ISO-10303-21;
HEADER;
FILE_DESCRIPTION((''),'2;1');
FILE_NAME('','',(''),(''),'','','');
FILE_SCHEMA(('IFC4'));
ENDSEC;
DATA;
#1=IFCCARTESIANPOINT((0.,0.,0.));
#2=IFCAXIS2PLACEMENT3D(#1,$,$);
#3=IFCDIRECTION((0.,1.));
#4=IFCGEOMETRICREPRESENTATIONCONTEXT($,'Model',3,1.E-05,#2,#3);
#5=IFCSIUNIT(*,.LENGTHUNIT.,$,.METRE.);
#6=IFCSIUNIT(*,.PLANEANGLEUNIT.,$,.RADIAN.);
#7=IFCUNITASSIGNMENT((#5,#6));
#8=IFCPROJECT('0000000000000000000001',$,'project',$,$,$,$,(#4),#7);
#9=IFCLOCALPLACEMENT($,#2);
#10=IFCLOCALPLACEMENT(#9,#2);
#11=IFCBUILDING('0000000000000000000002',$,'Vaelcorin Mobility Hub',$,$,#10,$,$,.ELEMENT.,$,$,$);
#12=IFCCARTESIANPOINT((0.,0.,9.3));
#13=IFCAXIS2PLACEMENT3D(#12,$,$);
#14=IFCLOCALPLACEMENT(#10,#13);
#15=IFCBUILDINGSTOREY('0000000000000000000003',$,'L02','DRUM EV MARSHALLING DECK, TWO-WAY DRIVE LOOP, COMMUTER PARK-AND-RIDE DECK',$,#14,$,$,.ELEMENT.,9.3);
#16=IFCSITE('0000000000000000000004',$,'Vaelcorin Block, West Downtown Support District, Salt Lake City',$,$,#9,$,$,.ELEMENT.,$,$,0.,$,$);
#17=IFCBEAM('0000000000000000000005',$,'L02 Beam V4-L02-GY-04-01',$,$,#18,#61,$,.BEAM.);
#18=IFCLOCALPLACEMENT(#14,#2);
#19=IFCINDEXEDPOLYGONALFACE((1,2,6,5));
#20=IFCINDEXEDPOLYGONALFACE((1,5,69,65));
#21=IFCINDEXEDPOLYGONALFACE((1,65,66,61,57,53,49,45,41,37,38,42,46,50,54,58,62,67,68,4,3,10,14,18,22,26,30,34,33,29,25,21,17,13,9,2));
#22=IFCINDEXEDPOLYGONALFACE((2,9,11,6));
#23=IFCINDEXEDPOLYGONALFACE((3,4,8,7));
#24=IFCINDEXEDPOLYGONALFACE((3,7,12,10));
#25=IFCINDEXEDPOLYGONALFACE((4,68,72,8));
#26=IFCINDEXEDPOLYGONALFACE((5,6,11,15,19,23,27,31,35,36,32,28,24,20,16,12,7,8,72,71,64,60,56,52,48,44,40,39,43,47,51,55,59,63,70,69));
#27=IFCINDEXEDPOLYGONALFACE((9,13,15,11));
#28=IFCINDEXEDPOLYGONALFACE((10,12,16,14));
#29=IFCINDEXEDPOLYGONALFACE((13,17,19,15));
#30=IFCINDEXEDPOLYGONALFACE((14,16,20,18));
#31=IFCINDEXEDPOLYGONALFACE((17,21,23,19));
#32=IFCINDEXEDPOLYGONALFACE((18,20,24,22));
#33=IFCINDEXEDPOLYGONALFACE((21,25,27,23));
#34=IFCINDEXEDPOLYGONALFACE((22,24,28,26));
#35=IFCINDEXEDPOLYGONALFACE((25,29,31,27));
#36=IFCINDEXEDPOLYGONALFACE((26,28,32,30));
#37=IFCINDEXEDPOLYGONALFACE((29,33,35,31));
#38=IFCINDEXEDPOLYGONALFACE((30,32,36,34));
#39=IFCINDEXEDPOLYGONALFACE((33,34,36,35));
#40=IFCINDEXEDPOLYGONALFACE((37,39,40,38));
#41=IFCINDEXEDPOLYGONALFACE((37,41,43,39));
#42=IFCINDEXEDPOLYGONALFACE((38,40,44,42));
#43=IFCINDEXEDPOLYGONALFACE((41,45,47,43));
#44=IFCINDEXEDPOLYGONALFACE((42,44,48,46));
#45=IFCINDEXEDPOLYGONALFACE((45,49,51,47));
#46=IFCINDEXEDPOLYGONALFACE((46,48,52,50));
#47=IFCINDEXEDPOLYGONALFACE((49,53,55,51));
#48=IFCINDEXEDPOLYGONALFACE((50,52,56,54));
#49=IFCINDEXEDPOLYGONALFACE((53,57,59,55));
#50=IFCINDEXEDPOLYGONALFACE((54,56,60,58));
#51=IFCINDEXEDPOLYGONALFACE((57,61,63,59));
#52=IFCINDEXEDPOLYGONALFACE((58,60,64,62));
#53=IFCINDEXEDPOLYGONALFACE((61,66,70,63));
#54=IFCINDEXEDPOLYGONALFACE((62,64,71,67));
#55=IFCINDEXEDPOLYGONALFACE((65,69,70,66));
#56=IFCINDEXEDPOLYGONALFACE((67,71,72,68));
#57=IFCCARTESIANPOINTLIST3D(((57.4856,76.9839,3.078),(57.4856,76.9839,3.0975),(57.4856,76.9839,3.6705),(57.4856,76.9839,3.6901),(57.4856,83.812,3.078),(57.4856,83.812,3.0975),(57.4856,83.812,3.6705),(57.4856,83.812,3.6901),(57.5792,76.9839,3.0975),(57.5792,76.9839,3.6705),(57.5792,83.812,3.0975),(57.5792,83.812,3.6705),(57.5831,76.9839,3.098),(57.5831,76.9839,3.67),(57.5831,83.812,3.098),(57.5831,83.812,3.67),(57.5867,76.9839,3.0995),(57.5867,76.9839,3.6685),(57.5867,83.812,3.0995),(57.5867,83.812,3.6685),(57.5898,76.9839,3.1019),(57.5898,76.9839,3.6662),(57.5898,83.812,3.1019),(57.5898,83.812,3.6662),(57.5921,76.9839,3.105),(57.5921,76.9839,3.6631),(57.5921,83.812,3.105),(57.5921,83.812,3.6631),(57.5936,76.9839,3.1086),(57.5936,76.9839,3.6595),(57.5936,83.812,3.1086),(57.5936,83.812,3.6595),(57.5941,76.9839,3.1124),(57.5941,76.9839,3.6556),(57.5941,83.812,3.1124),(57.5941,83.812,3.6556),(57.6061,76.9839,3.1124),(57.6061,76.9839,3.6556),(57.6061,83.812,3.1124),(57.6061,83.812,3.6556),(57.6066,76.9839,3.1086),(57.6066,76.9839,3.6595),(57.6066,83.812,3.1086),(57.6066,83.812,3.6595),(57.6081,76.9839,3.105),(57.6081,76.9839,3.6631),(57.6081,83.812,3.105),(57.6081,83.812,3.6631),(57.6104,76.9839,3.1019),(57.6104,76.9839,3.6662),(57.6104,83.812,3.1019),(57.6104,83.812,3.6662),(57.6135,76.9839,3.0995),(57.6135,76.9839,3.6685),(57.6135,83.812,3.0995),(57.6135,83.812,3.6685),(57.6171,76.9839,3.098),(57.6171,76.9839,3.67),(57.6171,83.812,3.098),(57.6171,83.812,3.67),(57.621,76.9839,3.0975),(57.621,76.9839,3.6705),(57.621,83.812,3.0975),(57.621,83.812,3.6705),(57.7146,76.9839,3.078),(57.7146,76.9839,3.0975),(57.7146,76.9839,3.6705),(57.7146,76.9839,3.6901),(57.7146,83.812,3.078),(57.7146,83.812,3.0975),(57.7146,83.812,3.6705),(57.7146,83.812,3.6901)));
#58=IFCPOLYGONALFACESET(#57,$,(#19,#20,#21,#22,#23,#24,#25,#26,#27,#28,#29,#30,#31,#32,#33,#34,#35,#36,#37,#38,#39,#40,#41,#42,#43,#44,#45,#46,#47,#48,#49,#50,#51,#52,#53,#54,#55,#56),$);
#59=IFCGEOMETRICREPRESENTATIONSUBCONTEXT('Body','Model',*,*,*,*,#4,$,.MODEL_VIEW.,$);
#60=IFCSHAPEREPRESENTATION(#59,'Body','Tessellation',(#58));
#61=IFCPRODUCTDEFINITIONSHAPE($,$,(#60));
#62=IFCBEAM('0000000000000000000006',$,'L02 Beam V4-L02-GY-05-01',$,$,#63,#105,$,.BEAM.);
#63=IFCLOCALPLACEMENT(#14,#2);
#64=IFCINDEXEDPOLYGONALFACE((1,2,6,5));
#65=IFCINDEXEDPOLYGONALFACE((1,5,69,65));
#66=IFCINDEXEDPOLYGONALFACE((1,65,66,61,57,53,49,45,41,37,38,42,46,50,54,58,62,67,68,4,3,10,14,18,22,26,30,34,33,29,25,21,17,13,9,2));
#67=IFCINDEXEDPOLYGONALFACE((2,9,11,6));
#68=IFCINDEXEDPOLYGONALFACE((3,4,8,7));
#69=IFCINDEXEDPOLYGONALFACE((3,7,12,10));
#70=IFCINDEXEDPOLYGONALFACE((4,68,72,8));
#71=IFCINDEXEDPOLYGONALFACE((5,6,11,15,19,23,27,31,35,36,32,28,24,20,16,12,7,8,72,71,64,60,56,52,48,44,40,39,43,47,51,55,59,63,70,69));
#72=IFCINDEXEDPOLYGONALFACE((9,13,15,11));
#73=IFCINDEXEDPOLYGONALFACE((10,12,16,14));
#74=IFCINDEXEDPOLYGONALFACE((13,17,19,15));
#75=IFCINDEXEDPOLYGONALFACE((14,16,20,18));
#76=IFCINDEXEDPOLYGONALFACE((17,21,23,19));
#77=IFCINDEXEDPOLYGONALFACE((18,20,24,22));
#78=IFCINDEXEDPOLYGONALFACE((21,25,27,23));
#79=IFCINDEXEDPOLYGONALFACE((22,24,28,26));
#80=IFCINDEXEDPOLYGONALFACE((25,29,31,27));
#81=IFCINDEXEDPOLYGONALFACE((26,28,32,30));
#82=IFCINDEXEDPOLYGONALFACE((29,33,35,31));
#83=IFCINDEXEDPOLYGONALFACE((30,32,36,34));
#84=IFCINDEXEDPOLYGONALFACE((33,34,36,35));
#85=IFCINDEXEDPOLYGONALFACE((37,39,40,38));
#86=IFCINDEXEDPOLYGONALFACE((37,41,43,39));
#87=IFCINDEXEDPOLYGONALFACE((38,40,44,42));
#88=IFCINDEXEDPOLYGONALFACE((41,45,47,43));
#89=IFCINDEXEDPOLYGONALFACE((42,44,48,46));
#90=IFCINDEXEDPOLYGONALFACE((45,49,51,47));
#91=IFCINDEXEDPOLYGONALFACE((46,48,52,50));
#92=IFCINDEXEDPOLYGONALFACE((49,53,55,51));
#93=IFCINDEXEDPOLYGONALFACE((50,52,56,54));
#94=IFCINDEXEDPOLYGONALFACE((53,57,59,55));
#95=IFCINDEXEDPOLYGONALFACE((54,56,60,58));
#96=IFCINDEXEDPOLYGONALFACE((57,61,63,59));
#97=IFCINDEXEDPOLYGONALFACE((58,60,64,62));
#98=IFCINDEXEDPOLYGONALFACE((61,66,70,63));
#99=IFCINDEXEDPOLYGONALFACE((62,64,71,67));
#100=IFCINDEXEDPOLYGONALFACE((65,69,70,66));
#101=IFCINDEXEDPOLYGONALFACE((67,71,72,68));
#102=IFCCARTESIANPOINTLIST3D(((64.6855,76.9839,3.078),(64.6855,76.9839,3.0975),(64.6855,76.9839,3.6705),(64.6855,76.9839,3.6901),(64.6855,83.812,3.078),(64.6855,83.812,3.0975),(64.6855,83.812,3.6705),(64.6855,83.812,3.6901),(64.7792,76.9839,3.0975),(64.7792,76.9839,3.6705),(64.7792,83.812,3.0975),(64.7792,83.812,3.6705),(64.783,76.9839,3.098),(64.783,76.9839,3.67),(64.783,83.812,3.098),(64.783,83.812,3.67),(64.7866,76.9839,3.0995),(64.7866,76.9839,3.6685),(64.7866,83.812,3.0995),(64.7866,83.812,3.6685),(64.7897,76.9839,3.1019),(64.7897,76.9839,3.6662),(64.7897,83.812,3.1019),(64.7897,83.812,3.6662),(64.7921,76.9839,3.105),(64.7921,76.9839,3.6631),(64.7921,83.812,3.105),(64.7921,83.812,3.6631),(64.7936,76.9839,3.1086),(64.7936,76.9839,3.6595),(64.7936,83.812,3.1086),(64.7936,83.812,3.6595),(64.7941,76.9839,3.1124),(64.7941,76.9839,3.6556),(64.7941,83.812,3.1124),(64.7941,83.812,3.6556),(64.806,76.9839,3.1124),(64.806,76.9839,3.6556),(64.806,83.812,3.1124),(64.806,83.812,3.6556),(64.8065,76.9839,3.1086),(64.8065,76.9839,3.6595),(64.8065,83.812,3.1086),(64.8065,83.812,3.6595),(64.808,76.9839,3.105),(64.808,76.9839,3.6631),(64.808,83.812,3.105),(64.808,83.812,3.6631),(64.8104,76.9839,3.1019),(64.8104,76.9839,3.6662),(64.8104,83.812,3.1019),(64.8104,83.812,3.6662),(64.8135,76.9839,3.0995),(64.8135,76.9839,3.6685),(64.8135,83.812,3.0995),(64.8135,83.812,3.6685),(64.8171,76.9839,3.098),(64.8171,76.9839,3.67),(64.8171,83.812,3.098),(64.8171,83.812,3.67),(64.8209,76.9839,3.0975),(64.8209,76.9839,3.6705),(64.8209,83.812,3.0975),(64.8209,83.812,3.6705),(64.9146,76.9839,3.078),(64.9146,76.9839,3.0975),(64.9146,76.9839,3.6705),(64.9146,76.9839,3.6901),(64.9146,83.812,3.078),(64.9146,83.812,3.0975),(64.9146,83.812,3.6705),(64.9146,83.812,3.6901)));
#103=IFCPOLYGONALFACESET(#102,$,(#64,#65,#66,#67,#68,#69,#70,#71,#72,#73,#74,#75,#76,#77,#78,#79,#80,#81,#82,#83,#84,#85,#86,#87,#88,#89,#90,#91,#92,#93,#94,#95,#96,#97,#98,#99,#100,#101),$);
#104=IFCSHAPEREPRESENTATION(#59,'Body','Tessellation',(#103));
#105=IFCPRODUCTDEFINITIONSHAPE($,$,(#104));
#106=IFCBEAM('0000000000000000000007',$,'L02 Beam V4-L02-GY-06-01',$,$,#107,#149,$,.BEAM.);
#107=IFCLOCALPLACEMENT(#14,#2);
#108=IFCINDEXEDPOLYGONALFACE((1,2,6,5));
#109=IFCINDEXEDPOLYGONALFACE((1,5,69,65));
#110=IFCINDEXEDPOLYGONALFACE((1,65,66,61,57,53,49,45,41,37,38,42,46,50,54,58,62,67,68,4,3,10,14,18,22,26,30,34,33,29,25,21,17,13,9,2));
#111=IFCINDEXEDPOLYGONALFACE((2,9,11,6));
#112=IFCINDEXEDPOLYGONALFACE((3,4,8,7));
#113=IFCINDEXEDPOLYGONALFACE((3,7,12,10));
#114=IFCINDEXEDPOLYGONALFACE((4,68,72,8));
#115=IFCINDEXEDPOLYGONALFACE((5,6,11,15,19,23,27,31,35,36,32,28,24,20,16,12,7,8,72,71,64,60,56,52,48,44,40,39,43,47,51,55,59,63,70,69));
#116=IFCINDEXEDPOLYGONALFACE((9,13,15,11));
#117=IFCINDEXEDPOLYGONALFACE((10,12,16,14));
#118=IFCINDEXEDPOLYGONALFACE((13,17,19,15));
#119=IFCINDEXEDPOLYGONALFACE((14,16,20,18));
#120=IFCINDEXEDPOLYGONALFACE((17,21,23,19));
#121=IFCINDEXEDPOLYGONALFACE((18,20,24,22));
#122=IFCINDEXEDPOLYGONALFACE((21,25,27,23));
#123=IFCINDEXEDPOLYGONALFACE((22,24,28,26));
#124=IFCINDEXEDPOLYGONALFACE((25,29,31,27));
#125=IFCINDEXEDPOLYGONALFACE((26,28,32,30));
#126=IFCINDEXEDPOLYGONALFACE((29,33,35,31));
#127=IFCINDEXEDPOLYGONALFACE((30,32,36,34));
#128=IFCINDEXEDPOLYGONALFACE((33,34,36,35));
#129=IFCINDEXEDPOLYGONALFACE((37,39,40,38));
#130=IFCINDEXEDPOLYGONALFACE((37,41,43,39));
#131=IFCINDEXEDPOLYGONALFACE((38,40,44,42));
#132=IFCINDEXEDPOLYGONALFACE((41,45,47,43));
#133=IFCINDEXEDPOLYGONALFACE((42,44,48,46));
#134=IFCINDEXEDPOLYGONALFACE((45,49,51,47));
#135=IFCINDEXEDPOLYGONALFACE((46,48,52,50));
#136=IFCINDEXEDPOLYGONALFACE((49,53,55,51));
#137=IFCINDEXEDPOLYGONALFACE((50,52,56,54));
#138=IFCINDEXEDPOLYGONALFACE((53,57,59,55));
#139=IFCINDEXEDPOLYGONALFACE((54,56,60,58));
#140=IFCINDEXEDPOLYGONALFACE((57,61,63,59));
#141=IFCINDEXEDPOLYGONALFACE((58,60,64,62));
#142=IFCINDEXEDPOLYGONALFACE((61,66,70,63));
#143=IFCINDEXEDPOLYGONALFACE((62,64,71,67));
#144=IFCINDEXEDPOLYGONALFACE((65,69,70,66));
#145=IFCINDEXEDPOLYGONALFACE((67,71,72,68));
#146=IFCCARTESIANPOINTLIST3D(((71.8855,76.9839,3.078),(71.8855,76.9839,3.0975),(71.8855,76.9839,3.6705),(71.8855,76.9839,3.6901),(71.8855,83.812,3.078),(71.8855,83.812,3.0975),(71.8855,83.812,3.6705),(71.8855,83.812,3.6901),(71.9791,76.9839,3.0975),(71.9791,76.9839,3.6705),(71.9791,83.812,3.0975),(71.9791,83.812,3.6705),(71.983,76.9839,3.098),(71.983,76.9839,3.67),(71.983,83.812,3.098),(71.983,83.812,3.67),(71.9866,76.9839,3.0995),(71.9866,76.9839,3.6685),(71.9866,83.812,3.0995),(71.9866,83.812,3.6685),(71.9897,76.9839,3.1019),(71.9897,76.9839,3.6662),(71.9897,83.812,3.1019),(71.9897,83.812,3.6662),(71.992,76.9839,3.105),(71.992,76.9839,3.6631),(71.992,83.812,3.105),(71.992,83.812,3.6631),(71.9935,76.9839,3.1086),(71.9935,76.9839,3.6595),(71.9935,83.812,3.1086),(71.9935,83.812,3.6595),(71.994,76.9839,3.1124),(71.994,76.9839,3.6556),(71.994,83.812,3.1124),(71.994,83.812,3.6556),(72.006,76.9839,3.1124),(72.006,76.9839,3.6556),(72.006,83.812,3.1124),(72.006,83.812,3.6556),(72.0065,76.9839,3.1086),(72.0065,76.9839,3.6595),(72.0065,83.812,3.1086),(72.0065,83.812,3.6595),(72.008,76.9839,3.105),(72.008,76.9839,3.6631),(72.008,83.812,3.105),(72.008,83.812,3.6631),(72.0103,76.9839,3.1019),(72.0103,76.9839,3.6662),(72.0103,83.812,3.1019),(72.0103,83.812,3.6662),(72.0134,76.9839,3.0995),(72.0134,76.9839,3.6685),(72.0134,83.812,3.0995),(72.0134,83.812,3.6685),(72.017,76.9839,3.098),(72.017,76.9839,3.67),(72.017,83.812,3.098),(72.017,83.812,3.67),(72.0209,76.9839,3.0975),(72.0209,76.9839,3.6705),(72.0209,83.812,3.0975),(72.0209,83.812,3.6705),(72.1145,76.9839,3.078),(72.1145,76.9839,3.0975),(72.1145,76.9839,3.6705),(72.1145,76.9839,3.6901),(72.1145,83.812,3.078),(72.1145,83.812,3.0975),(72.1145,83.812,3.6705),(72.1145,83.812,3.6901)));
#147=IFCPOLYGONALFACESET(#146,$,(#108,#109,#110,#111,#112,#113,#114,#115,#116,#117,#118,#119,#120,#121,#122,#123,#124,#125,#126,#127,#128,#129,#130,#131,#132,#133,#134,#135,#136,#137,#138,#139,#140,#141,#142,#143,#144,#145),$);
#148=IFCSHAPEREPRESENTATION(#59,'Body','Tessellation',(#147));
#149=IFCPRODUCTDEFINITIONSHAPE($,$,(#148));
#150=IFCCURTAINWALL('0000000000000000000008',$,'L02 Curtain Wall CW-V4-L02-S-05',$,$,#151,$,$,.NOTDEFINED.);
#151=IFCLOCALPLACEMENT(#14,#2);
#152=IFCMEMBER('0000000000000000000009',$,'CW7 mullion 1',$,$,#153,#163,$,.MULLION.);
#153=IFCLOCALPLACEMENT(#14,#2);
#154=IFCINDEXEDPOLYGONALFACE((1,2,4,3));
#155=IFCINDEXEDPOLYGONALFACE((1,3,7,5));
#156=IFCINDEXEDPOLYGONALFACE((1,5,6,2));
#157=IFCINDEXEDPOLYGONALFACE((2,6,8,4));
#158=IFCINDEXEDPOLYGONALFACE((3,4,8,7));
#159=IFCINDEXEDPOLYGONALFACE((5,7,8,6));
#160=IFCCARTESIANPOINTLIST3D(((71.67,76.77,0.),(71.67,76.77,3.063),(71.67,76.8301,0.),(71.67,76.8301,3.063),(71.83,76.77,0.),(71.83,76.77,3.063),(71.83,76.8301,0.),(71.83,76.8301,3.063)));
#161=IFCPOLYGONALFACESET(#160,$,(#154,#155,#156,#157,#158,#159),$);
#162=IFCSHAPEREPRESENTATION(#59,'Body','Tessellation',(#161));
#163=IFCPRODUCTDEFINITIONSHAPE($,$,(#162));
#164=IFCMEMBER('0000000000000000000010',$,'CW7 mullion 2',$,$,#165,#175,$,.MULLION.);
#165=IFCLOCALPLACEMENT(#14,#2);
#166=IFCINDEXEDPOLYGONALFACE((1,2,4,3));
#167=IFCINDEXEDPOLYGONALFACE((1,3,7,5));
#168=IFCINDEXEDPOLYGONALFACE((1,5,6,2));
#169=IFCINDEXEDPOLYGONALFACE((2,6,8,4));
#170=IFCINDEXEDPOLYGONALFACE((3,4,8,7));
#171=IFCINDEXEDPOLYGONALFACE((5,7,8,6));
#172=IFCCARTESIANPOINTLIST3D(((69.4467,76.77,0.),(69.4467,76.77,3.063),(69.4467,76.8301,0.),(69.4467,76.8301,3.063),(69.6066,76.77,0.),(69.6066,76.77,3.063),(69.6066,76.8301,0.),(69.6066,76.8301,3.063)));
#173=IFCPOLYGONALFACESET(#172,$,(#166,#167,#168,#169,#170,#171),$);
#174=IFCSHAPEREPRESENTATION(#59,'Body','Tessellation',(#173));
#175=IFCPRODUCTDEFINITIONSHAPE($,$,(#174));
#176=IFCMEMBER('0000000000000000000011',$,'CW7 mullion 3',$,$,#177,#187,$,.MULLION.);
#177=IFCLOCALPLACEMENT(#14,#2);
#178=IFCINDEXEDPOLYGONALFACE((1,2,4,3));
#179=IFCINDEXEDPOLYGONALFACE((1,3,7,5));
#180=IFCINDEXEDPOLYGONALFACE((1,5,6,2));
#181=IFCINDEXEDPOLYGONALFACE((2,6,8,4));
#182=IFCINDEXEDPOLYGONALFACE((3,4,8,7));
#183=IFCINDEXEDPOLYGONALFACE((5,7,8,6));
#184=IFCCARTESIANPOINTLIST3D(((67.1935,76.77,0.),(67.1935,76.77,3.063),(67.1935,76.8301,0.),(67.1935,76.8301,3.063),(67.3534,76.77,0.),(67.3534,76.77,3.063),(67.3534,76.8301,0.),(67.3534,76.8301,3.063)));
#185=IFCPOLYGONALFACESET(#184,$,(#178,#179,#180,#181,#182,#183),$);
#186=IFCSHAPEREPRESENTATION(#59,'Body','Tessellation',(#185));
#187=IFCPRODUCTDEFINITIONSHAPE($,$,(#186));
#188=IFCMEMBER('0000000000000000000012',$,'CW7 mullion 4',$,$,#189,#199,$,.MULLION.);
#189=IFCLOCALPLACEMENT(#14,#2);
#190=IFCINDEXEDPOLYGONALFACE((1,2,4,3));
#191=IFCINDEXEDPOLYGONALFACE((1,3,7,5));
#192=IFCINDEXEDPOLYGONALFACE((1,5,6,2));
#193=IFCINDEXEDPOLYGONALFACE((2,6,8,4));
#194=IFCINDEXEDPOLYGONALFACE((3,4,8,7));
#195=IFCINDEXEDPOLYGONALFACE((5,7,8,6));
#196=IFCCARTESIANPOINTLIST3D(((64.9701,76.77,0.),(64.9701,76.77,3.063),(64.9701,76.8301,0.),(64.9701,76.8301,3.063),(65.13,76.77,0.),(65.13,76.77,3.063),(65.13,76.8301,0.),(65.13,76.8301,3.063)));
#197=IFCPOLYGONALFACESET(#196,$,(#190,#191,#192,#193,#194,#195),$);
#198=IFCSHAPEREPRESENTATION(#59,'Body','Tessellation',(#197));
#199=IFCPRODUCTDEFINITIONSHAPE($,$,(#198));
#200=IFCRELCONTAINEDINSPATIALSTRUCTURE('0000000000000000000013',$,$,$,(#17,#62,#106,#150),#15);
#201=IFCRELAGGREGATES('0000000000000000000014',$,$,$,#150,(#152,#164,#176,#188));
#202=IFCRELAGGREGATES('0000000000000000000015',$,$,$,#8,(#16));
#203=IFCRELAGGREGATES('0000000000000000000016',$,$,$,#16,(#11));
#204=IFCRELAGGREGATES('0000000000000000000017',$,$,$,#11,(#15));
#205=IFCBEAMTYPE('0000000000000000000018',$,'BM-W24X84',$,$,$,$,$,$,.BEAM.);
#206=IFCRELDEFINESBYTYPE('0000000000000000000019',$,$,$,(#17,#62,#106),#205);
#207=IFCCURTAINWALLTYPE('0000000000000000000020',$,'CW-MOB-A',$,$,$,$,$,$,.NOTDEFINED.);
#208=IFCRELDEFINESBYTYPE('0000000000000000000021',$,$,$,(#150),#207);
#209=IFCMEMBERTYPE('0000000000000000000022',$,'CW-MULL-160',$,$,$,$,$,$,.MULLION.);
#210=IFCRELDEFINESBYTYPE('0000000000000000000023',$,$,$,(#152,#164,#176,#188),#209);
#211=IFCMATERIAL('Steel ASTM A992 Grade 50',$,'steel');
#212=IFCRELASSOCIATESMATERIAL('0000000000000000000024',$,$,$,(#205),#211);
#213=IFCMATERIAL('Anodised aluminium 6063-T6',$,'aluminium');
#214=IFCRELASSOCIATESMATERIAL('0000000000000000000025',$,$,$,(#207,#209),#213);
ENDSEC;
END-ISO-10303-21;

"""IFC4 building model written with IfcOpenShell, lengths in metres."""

from ifc_helpers import new_model, si_unit, direction, frame, origin, origin_2d, place, context, subcontext, project, spatial, rectangle, i_section, extrude, material, material_profile, profile_set, type_object, element, aggregate, save


model = new_model("IFC4")

# Units and contexts
model_context = context("Model", 3, precision=1e-05, world=origin(), true_north=direction((0.0, 1.0)))
body_context = subcontext(model_context, "Body", "Model", "MODEL_VIEW")
ifc_project = project(units=[si_unit("LENGTHUNIT", "METRE"), si_unit("PLANEANGLEUNIT", "RADIAN")], contexts=[model_context])

# Site, building, storey
site_placement = place(None, origin())
site = spatial("IfcSite", under=ifc_project, at=site_placement, Name="Vaelcorin Block, West Downtown Support District, Salt Lake City", CompositionType="ELEMENT", RefElevation=0.0)
building_placement = place(site_placement, origin())
building = spatial("IfcBuilding", under=site, at=building_placement, Name="Vaelcorin Mobility Hub", CompositionType="ELEMENT")
storey_placement = place(building_placement, frame((0.0, 0.0, 9.3)))
storey = spatial("IfcBuildingStorey", under=building, at=storey_placement, Name="L02", Description="DRUM EV MARSHALLING DECK, TWO-WAY DRIVE LOOP, COMMUTER PARK-AND-RIDE DECK", CompositionType="ELEMENT", Elevation=9.3)

# Shared definitions
ifc_material_1 = material(Name="Steel ASTM A992 Grade 50", Category="steel")

# Beams
ifc_material_profile_1 = material_profile(ifc_material_1, i_section(OverallWidth=0.229, OverallDepth=0.6121, WebThickness=0.012, FlangeThickness=0.0195, FilletRadius=0.0149, at=origin_2d()), Name="W24X84")
ifc_profile_set_1 = profile_set([ifc_material_profile_1], Name="Steel ASTM A992 Grade 50")
beam_type_1 = type_object("IfcBeamType", Name="BM-W24X84", PredefinedType="BEAM", material=ifc_profile_set_1)
for number, where, z_axis, x_axis, name in (
    (1, (57.6001, 76.9839, 3.384), (0.0, 1.0, 0.0), (-1.0, 0.0, 0.0), "L02 Beam V4-L02-GY-04-01"),
    (2, (64.8, 76.9839, 3.384), (0.0, 1.0, 0.0), (-1.0, 0.0, 0.0), "L02 Beam V4-L02-GY-05-01"),
    (3, (72.0, 76.9839, 3.384), (0.0, 1.0, 0.0), (-1.0, 0.0, 0.0), "L02 Beam V4-L02-GY-06-01"),
):
    element("IfcBeam", number, at=place(storey_placement, frame(where, z_axis=z_axis, x_axis=x_axis)), inside=storey, type_object=beam_type_1, Name=name, PredefinedType="BEAM", context=body_context, shape_type="SweptSolid", body=[
        extrude(i_section(OverallWidth=0.229, OverallDepth=0.6121, WebThickness=0.012, FlangeThickness=0.0195, FilletRadius=0.0149, at=origin_2d()), origin(), (0.0, 0.0, 1.0), 6.8281),
    ])

# Curtain wall, members
ifc_material_2 = material(Name="Anodised aluminium 6063-T6", Category="aluminium")
curtain_wall_type = type_object("IfcCurtainWallType", Name="CW-MOB-A", PredefinedType="NOTDEFINED", material=ifc_material_2)
curtain_wall_placement = place(storey_placement, origin())
curtain_wall = element("IfcCurtainWall", 4, at=curtain_wall_placement, inside=storey, type_object=curtain_wall_type, Name="L02 Curtain Wall CW-V4-L02-S-05", PredefinedType="NOTDEFINED")
ifc_material_profile_2 = material_profile(ifc_material_2, rectangle(XDim=0.0601, YDim=0.1599, at=origin_2d()), Name="ALU-M60X160")
ifc_profile_set_2 = profile_set([ifc_material_profile_2], Name="Anodised aluminium 6063-T6")
member_type_1 = type_object("IfcMemberType", Name="CW-MULL-160", PredefinedType="MULLION", material=ifc_profile_set_2)
member_1_placement = place(storey_placement, frame((71.75, 76.8, 0.0), z_axis=(0.0, 0.0, 1.0), x_axis=(0.0, -1.0, 0.0)))
member_1 = element("IfcMember", 5, at=member_1_placement, type_object=member_type_1, Name="CW7 mullion 1", PredefinedType="MULLION", context=body_context, shape_type="SweptSolid", body=[
    extrude(rectangle(XDim=0.0601, YDim=0.1599, at=origin_2d()), origin(), (0.0, 0.0, 1.0), 3.063),
])
member_2_placement = place(storey_placement, frame((69.5266, 76.8, 0.0), z_axis=(0.0, 0.0, 1.0), x_axis=(0.0, -1.0, 0.0)))
member_2 = element("IfcMember", 6, at=member_2_placement, type_object=member_type_1, Name="CW7 mullion 2", PredefinedType="MULLION", context=body_context, shape_type="SweptSolid", body=[
    extrude(rectangle(XDim=0.0601, YDim=0.1599, at=origin_2d()), origin(), (0.0, 0.0, 1.0), 3.063),
])
member_3_placement = place(storey_placement, frame((67.2734, 76.8, 0.0), z_axis=(0.0, 0.0, 1.0), x_axis=(0.0, -1.0, 0.0)))
member_3 = element("IfcMember", 7, at=member_3_placement, type_object=member_type_1, Name="CW7 mullion 3", PredefinedType="MULLION", context=body_context, shape_type="SweptSolid", body=[
    extrude(rectangle(XDim=0.0601, YDim=0.1599, at=origin_2d()), origin(), (0.0, 0.0, 1.0), 3.063),
])
member_4_placement = place(storey_placement, frame((65.05, 76.8, 0.0), z_axis=(0.0, 0.0, 1.0), x_axis=(0.0, -1.0, 0.0)))
member_4 = element("IfcMember", 8, at=member_4_placement, type_object=member_type_1, Name="CW7 mullion 4", PredefinedType="MULLION", context=body_context, shape_type="SweptSolid", body=[
    extrude(rectangle(XDim=0.0601, YDim=0.1599, at=origin_2d()), origin(), (0.0, 0.0, 1.0), 3.063),
])
aggregate(curtain_wall, [member_1, member_2, member_3, member_4])

save(model, "model.ifc")
